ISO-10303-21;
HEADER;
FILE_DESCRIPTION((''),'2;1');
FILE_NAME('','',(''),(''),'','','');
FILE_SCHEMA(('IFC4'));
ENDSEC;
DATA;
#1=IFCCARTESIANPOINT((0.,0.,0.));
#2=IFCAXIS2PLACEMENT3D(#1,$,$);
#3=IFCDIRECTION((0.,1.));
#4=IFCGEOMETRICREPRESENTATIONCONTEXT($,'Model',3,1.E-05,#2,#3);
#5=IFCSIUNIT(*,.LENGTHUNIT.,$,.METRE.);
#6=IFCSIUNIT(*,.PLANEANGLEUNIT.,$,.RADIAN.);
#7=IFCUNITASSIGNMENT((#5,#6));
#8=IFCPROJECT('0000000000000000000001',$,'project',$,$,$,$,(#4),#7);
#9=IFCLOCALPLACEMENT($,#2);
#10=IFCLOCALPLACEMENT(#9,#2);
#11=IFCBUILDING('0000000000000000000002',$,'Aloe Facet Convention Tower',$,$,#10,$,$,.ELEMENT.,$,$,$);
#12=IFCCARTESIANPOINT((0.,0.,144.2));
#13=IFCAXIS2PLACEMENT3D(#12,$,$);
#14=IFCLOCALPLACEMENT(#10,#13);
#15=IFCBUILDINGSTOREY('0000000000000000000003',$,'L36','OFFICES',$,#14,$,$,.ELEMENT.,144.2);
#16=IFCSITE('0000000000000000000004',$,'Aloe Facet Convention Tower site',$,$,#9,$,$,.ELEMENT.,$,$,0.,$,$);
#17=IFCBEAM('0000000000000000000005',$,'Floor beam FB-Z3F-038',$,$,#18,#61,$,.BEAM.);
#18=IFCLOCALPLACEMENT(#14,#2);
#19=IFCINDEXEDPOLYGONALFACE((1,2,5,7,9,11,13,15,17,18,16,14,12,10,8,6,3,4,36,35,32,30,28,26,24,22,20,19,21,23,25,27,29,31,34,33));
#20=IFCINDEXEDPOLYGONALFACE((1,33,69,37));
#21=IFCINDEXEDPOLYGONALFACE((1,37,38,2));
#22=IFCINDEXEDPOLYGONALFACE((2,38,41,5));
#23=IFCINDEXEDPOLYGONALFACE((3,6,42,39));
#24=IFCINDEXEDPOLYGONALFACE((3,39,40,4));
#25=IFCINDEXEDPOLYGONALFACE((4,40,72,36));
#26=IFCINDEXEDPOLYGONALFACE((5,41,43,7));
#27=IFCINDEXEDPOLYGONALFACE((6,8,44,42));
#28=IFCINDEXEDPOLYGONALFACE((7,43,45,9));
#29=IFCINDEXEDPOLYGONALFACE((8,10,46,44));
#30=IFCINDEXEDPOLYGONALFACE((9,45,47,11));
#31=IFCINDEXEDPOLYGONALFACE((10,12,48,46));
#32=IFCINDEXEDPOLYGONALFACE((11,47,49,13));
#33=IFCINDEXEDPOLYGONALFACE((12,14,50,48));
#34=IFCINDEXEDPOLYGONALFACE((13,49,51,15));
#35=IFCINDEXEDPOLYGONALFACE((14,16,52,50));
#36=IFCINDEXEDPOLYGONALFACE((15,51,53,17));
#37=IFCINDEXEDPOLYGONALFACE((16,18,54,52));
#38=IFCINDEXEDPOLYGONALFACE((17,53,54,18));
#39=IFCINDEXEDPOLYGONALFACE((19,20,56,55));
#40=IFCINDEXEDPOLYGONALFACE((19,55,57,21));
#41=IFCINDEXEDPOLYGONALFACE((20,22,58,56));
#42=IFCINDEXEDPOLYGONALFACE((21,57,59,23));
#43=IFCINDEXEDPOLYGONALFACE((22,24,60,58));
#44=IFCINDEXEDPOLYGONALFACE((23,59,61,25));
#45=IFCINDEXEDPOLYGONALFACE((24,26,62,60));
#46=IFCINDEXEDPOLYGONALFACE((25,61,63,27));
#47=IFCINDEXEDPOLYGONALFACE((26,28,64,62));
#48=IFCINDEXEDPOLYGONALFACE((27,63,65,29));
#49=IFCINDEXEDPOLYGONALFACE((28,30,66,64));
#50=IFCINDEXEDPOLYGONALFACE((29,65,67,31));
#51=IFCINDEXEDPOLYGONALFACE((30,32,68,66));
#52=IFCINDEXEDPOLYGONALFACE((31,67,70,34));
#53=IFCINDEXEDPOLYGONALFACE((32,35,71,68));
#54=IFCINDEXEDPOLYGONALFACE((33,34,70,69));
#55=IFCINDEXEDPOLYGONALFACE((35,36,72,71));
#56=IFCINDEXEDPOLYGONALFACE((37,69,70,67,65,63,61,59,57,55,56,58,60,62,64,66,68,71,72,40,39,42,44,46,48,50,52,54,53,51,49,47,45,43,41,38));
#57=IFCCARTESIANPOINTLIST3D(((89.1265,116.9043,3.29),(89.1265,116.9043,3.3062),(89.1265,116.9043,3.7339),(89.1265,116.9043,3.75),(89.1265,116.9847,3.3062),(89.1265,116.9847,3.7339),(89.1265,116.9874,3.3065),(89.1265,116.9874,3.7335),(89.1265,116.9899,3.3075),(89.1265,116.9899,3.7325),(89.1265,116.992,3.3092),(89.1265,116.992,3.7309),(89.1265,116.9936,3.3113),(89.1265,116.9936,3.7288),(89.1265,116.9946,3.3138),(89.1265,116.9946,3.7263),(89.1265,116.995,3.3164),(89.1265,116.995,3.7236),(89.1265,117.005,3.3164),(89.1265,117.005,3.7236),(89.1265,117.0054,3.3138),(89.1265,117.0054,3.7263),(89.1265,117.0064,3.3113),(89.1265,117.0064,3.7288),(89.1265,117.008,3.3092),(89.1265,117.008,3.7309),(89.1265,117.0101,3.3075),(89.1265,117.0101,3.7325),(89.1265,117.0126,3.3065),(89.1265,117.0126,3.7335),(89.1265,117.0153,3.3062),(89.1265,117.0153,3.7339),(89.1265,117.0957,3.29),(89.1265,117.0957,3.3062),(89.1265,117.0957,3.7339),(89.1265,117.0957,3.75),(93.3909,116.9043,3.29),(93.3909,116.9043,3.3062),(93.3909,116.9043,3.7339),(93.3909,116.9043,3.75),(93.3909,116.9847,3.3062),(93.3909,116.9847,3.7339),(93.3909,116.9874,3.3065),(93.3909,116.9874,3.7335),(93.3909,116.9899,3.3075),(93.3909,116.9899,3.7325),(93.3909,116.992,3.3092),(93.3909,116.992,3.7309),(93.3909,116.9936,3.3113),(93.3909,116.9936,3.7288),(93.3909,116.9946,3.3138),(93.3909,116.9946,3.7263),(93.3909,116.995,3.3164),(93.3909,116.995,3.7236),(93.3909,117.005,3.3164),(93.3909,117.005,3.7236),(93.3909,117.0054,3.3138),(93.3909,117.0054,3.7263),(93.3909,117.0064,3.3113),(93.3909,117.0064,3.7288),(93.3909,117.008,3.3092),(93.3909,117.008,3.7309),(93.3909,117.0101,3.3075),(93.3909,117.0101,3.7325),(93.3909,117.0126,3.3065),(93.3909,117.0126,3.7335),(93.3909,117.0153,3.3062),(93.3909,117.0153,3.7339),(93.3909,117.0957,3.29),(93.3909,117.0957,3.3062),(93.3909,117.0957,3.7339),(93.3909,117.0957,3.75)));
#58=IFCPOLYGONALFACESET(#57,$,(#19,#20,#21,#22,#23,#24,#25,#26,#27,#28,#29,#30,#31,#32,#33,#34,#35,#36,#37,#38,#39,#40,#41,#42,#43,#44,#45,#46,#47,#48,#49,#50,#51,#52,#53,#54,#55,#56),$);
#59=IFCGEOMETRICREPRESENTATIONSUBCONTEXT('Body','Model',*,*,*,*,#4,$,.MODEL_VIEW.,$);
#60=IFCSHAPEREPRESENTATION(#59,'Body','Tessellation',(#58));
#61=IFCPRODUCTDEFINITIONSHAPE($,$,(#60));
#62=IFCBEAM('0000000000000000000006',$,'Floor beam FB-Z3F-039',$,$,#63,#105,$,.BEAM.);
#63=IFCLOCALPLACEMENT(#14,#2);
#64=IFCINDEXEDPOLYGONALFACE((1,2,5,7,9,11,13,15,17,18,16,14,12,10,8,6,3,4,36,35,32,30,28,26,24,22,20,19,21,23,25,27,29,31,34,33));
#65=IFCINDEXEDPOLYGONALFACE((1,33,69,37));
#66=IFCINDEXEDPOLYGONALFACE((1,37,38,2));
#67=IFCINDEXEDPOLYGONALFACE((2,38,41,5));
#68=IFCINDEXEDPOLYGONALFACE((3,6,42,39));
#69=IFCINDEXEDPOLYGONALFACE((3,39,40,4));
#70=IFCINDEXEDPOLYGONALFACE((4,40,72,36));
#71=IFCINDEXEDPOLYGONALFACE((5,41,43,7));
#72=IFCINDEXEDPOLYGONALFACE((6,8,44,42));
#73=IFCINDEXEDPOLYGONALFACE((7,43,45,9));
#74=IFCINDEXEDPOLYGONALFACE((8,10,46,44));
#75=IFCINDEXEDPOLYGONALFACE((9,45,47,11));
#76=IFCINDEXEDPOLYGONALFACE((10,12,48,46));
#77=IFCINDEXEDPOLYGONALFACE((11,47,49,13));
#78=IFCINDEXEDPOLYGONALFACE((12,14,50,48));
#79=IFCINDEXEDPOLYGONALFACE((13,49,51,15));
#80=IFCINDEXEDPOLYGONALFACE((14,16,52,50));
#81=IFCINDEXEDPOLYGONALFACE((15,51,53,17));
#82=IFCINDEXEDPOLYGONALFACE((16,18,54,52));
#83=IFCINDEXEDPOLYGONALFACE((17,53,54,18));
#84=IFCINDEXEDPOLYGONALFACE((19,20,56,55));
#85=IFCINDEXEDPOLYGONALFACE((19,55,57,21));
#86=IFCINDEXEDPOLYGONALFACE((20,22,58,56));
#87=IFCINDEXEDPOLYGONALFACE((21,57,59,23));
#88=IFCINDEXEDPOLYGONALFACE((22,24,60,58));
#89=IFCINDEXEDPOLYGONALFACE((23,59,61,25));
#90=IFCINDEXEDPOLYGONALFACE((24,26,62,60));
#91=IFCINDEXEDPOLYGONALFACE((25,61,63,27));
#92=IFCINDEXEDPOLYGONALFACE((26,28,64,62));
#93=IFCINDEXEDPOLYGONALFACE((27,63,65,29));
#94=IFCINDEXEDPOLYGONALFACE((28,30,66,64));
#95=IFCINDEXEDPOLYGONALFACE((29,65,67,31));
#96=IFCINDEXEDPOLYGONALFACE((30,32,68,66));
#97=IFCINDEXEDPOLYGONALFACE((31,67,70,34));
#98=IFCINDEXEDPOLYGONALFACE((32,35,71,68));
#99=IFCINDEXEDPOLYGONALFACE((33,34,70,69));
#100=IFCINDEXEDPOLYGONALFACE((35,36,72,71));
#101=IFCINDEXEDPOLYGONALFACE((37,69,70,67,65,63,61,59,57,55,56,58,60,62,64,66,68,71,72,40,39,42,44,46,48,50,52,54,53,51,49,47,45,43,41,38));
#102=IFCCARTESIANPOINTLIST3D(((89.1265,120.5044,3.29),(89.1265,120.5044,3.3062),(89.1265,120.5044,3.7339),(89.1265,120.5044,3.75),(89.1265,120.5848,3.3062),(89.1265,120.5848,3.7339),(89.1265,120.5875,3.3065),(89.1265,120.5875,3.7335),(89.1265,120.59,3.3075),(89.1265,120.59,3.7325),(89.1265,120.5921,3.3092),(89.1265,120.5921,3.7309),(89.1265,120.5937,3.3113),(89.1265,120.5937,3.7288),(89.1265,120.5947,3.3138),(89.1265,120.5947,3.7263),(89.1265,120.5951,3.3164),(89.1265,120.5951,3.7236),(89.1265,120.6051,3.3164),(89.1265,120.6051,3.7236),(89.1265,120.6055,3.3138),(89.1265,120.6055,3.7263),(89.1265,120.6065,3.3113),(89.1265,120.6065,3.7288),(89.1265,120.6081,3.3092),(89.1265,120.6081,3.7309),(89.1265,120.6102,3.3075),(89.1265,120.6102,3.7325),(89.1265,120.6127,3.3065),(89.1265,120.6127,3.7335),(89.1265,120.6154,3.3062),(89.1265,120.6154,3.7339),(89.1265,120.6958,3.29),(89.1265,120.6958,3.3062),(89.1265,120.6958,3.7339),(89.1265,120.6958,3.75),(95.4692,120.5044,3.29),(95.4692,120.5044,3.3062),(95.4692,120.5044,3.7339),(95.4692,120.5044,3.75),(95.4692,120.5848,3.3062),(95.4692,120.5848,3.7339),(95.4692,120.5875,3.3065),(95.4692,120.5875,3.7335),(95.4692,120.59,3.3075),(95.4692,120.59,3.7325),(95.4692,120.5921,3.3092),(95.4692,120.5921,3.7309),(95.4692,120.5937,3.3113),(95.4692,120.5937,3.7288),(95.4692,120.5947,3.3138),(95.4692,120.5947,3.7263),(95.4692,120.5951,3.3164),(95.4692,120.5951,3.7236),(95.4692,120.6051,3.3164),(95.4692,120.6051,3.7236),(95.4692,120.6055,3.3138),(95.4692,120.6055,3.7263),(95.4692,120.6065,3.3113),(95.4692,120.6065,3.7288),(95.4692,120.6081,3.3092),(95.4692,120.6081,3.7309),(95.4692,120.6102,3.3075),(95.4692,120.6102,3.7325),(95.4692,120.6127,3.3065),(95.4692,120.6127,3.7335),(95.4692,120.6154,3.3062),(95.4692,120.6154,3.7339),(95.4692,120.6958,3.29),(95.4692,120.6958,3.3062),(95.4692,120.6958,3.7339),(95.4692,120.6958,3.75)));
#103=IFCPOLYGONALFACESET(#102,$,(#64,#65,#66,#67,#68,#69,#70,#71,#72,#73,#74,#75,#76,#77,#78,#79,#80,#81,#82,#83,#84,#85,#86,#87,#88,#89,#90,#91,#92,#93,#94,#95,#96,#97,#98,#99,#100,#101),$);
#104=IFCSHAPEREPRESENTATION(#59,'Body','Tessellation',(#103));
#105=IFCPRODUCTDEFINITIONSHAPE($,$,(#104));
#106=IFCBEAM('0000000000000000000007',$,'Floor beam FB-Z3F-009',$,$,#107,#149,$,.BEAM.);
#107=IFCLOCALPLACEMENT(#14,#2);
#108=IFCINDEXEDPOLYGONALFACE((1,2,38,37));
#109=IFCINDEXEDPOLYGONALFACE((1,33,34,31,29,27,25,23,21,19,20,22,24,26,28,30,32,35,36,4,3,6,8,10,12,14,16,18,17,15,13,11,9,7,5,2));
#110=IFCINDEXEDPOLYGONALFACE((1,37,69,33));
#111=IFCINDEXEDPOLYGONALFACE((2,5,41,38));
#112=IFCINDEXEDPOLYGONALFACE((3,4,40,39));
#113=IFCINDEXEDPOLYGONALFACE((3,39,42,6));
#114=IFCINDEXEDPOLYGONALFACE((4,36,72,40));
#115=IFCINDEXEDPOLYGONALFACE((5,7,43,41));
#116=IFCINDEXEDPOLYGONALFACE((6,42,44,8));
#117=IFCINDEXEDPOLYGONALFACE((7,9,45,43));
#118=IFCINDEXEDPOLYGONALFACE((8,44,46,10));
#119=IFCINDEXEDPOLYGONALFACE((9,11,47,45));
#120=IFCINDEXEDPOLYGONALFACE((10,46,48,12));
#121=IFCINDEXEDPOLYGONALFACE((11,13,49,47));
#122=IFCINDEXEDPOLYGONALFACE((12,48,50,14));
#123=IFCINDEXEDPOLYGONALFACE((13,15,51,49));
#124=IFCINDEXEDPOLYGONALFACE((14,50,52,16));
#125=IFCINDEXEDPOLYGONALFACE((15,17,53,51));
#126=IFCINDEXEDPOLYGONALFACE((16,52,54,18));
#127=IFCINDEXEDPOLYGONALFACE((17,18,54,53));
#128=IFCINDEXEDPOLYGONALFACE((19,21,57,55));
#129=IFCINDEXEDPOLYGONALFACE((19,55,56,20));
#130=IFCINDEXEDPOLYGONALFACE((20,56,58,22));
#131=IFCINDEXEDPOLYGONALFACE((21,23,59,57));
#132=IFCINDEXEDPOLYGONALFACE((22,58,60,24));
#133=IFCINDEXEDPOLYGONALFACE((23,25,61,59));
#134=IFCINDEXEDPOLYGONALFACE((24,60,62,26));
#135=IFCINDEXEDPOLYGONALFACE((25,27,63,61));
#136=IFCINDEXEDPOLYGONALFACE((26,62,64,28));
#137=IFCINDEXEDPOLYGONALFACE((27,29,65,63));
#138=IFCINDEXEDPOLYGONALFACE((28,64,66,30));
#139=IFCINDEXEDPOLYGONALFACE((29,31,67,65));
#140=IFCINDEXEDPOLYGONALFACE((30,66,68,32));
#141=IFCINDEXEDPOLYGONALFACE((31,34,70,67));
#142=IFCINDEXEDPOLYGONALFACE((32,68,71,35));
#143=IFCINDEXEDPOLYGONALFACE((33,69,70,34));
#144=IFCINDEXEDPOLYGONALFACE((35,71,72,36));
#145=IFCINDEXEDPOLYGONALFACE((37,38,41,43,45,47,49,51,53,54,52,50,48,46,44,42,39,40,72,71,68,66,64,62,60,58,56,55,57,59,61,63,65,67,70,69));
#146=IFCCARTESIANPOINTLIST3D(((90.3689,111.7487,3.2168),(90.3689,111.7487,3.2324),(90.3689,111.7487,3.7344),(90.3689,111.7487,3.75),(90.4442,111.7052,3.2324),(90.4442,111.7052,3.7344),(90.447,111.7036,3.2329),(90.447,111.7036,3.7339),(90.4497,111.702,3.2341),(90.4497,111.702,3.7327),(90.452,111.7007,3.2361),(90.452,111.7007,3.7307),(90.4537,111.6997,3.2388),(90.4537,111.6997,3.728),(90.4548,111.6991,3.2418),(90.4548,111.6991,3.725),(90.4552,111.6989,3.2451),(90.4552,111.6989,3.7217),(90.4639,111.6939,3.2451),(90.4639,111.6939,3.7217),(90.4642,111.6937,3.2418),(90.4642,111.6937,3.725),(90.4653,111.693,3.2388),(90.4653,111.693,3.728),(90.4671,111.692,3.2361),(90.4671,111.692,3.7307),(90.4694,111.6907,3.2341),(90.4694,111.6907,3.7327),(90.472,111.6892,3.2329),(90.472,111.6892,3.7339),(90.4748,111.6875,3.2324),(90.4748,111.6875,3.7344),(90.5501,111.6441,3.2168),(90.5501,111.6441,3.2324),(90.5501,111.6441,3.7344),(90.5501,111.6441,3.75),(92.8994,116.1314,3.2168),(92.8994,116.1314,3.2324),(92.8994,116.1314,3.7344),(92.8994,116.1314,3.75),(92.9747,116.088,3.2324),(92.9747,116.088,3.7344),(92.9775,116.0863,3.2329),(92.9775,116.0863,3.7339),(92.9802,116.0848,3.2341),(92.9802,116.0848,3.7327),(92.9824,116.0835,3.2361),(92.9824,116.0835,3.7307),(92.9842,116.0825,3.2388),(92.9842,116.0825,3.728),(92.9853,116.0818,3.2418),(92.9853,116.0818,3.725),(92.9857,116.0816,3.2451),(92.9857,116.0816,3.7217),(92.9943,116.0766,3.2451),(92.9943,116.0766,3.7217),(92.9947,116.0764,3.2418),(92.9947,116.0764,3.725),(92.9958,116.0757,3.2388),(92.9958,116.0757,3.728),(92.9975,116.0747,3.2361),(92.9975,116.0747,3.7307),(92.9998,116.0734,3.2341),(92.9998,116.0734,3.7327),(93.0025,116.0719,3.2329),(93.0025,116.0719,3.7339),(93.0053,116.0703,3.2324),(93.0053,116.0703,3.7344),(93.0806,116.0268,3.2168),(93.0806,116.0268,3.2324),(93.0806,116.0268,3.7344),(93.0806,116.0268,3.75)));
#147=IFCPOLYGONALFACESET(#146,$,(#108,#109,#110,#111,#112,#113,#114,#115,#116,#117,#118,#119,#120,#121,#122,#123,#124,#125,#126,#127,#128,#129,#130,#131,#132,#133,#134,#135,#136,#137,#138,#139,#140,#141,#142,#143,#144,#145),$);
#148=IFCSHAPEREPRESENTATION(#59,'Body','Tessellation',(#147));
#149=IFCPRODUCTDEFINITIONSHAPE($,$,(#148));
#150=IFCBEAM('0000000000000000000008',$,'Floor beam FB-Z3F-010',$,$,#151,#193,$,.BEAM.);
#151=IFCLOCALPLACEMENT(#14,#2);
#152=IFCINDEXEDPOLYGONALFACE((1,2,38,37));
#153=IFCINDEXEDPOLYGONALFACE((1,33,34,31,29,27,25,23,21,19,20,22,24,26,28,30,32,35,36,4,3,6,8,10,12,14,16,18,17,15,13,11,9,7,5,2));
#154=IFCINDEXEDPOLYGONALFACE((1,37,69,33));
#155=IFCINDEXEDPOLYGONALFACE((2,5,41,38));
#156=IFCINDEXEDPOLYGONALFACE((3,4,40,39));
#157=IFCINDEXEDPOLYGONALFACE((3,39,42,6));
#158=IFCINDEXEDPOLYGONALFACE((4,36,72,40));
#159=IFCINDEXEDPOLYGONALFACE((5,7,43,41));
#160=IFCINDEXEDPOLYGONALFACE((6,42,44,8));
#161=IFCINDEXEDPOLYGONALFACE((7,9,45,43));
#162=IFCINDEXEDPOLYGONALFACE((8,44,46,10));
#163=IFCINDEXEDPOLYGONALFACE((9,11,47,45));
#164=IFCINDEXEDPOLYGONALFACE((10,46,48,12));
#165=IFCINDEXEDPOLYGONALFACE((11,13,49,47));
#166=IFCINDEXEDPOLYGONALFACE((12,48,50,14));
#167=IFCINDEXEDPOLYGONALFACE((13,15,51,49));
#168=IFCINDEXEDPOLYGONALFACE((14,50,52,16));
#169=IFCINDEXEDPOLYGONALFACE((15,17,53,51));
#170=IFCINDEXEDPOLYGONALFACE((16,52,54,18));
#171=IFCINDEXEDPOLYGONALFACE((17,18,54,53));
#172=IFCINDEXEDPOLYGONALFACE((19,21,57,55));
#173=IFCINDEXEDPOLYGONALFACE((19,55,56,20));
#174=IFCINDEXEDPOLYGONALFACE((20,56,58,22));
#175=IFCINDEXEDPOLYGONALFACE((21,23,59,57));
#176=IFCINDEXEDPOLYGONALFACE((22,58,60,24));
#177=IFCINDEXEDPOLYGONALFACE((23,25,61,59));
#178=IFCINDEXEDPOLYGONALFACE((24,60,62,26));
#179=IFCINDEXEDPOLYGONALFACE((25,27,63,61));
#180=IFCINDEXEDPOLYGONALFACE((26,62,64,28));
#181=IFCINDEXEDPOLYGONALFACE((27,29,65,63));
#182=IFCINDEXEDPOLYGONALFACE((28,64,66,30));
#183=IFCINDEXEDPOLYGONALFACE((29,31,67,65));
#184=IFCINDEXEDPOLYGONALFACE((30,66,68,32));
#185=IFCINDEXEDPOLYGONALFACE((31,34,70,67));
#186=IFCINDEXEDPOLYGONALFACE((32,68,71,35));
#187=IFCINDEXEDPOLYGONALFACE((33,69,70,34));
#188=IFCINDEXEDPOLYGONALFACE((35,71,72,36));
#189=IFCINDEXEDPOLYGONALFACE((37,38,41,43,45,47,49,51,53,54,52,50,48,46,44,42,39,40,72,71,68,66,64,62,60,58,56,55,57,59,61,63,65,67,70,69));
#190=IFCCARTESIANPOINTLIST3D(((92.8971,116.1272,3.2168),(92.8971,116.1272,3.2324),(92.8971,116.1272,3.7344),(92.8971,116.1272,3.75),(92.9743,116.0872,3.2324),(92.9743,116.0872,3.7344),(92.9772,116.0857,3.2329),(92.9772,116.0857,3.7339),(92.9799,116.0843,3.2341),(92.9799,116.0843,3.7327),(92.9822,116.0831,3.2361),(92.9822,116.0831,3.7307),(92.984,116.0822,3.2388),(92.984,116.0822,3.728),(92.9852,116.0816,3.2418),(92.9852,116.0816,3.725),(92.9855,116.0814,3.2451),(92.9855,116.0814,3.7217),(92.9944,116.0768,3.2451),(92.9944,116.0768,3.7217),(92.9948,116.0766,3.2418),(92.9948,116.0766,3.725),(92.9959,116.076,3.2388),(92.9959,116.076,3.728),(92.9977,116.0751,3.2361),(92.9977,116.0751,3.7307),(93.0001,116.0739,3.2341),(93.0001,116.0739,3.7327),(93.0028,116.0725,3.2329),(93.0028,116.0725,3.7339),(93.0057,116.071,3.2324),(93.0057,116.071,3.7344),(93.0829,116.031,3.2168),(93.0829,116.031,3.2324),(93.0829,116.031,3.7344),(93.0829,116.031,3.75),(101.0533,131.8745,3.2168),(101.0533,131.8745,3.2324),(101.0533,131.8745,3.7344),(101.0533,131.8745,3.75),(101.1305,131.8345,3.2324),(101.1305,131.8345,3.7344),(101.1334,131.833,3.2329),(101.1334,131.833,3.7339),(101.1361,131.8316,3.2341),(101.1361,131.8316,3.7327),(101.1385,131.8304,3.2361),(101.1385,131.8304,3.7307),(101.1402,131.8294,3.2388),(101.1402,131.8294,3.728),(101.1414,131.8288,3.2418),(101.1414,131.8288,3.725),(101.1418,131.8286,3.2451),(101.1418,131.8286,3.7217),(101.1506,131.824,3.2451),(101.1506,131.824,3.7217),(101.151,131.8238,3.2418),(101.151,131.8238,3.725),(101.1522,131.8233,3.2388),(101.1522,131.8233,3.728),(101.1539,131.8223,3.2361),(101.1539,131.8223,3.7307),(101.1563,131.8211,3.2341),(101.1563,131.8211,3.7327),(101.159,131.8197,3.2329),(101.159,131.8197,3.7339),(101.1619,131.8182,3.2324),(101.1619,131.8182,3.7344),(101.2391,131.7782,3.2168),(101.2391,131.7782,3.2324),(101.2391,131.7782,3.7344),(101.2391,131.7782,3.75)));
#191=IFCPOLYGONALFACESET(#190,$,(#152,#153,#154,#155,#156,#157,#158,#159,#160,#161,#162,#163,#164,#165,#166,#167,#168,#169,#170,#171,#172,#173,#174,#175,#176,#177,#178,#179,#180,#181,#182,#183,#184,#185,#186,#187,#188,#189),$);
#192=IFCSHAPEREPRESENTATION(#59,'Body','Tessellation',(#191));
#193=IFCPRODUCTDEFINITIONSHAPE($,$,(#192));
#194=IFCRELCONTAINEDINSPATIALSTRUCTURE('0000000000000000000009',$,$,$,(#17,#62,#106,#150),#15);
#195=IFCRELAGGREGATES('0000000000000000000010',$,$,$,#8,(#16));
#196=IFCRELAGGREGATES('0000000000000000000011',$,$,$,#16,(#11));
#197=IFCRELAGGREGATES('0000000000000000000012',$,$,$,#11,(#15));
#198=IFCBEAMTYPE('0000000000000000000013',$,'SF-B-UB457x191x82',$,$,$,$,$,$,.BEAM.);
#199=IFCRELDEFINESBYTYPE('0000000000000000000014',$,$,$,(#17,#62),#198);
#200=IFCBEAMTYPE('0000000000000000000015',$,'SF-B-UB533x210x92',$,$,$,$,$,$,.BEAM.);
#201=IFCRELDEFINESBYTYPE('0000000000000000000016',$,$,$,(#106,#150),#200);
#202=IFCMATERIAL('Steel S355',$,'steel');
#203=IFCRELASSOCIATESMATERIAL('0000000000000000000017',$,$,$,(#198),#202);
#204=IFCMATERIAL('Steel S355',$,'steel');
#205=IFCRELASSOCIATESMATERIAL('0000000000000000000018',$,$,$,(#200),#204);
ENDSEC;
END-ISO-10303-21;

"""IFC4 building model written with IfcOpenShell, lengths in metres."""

from ifc_helpers import new_model, si_unit, direction, frame, origin, origin_2d, place, context, subcontext, project, spatial, i_section, extrude, material, material_profile, profile_set, type_object, element, save


model = new_model("IFC4")

# Units and contexts
model_context = context("Model", 3, precision=1e-05, world=origin(), true_north=direction((0.0, 1.0)))
body_context = subcontext(model_context, "Body", "Model", "MODEL_VIEW")
ifc_project = project(units=[si_unit("LENGTHUNIT", "METRE"), si_unit("PLANEANGLEUNIT", "RADIAN")], contexts=[model_context])

# Site, building, storey
site_placement = place(None, origin())
site = spatial("IfcSite", under=ifc_project, at=site_placement, Name="Aloe Facet Convention Tower site", CompositionType="ELEMENT", RefElevation=0.0)
building_placement = place(site_placement, origin())
building = spatial("IfcBuilding", under=site, at=building_placement, Name="Aloe Facet Convention Tower", CompositionType="ELEMENT")
storey_placement = place(building_placement, frame((0.0, 0.0, 144.2)))
storey = spatial("IfcBuildingStorey", under=building, at=storey_placement, Name="L36", Description="OFFICES", CompositionType="ELEMENT", Elevation=144.2)

# Beams
ifc_material_1 = material(Name="Steel S355", Category="steel")
ifc_material_profile_1 = material_profile(ifc_material_1, i_section(OverallWidth=0.1914, OverallDepth=0.46, WebThickness=0.01, FlangeThickness=0.0161, FilletRadius=0.0103, at=origin_2d()), Name="UB 457x191x82")
ifc_profile_set_1 = profile_set([ifc_material_profile_1], Name="Steel S355")
beam_type_1 = type_object("IfcBeamType", Name="SF-B-UB457x191x82", PredefinedType="BEAM", material=ifc_profile_set_1)
beam_1_placement = place(storey_placement, frame((89.1265, 117.0, 3.52), z_axis=(1.0, 0.0, 0.0), x_axis=(0.0, 1.0, 0.0)))
element("IfcBeam", 1, at=beam_1_placement, inside=storey, type_object=beam_type_1, Name="Floor beam FB-Z3F-038", PredefinedType="BEAM", context=body_context, shape_type="SweptSolid", body=[
    extrude(i_section(OverallWidth=0.1914, OverallDepth=0.46, WebThickness=0.01, FlangeThickness=0.0161, FilletRadius=0.0103, at=origin_2d()), origin(), (0.0, 0.0, 1.0), 4.2644),
])
beam_2_placement = place(storey_placement, frame((89.1265, 120.6001, 3.52), z_axis=(1.0, 0.0, 0.0), x_axis=(0.0, 1.0, 0.0)))
element("IfcBeam", 2, at=beam_2_placement, inside=storey, type_object=beam_type_1, Name="Floor beam FB-Z3F-039", PredefinedType="BEAM", context=body_context, shape_type="SweptSolid", body=[
    extrude(i_section(OverallWidth=0.1914, OverallDepth=0.46, WebThickness=0.01, FlangeThickness=0.0161, FilletRadius=0.0103, at=origin_2d()), origin(), (0.0, 0.0, 1.0), 6.3428),
])
ifc_material_2 = material(Name="Steel S355", Category="steel")
ifc_material_profile_2 = material_profile(ifc_material_2, i_section(OverallWidth=0.2092, OverallDepth=0.5332, WebThickness=0.01, FlangeThickness=0.0156, FilletRadius=0.0127, at=origin_2d()), Name="UB 533x210x92")
ifc_profile_set_2 = profile_set([ifc_material_profile_2], Name="Steel S355")
beam_type_2 = type_object("IfcBeamType", Name="SF-B-UB533x210x92", PredefinedType="BEAM", material=ifc_profile_set_2)
beam_3_placement = place(storey_placement, frame((92.99, 116.0791, 3.4834), z_axis=(-0.500015, -0.866017, 0.0), x_axis=(0.866017, -0.500015, 0.0)))
element("IfcBeam", 3, at=beam_3_placement, inside=storey, type_object=beam_type_2, Name="Floor beam FB-Z3F-009", PredefinedType="BEAM", context=body_context, shape_type="SweptSolid", body=[
    extrude(i_section(OverallWidth=0.2092, OverallDepth=0.5332, WebThickness=0.01, FlangeThickness=0.0156, FilletRadius=0.0127, at=origin_2d()), origin(), (0.0, 0.0, 1.0), 5.0608),
])
beam_4_placement = place(storey_placement, frame((92.99, 116.0791, 3.4834), z_axis=(0.459916, 0.887962, 0.0), x_axis=(-0.887962, 0.459916, 0.0)))
element("IfcBeam", 4, at=beam_4_placement, inside=storey, type_object=beam_type_2, Name="Floor beam FB-Z3F-010", PredefinedType="BEAM", context=body_context, shape_type="SweptSolid", body=[
    extrude(i_section(OverallWidth=0.2092, OverallDepth=0.5332, WebThickness=0.01, FlangeThickness=0.0156, FilletRadius=0.0127, at=origin_2d()), origin(), (0.0, 0.0, 1.0), 17.7341),
])

save(model, "model.ifc")
